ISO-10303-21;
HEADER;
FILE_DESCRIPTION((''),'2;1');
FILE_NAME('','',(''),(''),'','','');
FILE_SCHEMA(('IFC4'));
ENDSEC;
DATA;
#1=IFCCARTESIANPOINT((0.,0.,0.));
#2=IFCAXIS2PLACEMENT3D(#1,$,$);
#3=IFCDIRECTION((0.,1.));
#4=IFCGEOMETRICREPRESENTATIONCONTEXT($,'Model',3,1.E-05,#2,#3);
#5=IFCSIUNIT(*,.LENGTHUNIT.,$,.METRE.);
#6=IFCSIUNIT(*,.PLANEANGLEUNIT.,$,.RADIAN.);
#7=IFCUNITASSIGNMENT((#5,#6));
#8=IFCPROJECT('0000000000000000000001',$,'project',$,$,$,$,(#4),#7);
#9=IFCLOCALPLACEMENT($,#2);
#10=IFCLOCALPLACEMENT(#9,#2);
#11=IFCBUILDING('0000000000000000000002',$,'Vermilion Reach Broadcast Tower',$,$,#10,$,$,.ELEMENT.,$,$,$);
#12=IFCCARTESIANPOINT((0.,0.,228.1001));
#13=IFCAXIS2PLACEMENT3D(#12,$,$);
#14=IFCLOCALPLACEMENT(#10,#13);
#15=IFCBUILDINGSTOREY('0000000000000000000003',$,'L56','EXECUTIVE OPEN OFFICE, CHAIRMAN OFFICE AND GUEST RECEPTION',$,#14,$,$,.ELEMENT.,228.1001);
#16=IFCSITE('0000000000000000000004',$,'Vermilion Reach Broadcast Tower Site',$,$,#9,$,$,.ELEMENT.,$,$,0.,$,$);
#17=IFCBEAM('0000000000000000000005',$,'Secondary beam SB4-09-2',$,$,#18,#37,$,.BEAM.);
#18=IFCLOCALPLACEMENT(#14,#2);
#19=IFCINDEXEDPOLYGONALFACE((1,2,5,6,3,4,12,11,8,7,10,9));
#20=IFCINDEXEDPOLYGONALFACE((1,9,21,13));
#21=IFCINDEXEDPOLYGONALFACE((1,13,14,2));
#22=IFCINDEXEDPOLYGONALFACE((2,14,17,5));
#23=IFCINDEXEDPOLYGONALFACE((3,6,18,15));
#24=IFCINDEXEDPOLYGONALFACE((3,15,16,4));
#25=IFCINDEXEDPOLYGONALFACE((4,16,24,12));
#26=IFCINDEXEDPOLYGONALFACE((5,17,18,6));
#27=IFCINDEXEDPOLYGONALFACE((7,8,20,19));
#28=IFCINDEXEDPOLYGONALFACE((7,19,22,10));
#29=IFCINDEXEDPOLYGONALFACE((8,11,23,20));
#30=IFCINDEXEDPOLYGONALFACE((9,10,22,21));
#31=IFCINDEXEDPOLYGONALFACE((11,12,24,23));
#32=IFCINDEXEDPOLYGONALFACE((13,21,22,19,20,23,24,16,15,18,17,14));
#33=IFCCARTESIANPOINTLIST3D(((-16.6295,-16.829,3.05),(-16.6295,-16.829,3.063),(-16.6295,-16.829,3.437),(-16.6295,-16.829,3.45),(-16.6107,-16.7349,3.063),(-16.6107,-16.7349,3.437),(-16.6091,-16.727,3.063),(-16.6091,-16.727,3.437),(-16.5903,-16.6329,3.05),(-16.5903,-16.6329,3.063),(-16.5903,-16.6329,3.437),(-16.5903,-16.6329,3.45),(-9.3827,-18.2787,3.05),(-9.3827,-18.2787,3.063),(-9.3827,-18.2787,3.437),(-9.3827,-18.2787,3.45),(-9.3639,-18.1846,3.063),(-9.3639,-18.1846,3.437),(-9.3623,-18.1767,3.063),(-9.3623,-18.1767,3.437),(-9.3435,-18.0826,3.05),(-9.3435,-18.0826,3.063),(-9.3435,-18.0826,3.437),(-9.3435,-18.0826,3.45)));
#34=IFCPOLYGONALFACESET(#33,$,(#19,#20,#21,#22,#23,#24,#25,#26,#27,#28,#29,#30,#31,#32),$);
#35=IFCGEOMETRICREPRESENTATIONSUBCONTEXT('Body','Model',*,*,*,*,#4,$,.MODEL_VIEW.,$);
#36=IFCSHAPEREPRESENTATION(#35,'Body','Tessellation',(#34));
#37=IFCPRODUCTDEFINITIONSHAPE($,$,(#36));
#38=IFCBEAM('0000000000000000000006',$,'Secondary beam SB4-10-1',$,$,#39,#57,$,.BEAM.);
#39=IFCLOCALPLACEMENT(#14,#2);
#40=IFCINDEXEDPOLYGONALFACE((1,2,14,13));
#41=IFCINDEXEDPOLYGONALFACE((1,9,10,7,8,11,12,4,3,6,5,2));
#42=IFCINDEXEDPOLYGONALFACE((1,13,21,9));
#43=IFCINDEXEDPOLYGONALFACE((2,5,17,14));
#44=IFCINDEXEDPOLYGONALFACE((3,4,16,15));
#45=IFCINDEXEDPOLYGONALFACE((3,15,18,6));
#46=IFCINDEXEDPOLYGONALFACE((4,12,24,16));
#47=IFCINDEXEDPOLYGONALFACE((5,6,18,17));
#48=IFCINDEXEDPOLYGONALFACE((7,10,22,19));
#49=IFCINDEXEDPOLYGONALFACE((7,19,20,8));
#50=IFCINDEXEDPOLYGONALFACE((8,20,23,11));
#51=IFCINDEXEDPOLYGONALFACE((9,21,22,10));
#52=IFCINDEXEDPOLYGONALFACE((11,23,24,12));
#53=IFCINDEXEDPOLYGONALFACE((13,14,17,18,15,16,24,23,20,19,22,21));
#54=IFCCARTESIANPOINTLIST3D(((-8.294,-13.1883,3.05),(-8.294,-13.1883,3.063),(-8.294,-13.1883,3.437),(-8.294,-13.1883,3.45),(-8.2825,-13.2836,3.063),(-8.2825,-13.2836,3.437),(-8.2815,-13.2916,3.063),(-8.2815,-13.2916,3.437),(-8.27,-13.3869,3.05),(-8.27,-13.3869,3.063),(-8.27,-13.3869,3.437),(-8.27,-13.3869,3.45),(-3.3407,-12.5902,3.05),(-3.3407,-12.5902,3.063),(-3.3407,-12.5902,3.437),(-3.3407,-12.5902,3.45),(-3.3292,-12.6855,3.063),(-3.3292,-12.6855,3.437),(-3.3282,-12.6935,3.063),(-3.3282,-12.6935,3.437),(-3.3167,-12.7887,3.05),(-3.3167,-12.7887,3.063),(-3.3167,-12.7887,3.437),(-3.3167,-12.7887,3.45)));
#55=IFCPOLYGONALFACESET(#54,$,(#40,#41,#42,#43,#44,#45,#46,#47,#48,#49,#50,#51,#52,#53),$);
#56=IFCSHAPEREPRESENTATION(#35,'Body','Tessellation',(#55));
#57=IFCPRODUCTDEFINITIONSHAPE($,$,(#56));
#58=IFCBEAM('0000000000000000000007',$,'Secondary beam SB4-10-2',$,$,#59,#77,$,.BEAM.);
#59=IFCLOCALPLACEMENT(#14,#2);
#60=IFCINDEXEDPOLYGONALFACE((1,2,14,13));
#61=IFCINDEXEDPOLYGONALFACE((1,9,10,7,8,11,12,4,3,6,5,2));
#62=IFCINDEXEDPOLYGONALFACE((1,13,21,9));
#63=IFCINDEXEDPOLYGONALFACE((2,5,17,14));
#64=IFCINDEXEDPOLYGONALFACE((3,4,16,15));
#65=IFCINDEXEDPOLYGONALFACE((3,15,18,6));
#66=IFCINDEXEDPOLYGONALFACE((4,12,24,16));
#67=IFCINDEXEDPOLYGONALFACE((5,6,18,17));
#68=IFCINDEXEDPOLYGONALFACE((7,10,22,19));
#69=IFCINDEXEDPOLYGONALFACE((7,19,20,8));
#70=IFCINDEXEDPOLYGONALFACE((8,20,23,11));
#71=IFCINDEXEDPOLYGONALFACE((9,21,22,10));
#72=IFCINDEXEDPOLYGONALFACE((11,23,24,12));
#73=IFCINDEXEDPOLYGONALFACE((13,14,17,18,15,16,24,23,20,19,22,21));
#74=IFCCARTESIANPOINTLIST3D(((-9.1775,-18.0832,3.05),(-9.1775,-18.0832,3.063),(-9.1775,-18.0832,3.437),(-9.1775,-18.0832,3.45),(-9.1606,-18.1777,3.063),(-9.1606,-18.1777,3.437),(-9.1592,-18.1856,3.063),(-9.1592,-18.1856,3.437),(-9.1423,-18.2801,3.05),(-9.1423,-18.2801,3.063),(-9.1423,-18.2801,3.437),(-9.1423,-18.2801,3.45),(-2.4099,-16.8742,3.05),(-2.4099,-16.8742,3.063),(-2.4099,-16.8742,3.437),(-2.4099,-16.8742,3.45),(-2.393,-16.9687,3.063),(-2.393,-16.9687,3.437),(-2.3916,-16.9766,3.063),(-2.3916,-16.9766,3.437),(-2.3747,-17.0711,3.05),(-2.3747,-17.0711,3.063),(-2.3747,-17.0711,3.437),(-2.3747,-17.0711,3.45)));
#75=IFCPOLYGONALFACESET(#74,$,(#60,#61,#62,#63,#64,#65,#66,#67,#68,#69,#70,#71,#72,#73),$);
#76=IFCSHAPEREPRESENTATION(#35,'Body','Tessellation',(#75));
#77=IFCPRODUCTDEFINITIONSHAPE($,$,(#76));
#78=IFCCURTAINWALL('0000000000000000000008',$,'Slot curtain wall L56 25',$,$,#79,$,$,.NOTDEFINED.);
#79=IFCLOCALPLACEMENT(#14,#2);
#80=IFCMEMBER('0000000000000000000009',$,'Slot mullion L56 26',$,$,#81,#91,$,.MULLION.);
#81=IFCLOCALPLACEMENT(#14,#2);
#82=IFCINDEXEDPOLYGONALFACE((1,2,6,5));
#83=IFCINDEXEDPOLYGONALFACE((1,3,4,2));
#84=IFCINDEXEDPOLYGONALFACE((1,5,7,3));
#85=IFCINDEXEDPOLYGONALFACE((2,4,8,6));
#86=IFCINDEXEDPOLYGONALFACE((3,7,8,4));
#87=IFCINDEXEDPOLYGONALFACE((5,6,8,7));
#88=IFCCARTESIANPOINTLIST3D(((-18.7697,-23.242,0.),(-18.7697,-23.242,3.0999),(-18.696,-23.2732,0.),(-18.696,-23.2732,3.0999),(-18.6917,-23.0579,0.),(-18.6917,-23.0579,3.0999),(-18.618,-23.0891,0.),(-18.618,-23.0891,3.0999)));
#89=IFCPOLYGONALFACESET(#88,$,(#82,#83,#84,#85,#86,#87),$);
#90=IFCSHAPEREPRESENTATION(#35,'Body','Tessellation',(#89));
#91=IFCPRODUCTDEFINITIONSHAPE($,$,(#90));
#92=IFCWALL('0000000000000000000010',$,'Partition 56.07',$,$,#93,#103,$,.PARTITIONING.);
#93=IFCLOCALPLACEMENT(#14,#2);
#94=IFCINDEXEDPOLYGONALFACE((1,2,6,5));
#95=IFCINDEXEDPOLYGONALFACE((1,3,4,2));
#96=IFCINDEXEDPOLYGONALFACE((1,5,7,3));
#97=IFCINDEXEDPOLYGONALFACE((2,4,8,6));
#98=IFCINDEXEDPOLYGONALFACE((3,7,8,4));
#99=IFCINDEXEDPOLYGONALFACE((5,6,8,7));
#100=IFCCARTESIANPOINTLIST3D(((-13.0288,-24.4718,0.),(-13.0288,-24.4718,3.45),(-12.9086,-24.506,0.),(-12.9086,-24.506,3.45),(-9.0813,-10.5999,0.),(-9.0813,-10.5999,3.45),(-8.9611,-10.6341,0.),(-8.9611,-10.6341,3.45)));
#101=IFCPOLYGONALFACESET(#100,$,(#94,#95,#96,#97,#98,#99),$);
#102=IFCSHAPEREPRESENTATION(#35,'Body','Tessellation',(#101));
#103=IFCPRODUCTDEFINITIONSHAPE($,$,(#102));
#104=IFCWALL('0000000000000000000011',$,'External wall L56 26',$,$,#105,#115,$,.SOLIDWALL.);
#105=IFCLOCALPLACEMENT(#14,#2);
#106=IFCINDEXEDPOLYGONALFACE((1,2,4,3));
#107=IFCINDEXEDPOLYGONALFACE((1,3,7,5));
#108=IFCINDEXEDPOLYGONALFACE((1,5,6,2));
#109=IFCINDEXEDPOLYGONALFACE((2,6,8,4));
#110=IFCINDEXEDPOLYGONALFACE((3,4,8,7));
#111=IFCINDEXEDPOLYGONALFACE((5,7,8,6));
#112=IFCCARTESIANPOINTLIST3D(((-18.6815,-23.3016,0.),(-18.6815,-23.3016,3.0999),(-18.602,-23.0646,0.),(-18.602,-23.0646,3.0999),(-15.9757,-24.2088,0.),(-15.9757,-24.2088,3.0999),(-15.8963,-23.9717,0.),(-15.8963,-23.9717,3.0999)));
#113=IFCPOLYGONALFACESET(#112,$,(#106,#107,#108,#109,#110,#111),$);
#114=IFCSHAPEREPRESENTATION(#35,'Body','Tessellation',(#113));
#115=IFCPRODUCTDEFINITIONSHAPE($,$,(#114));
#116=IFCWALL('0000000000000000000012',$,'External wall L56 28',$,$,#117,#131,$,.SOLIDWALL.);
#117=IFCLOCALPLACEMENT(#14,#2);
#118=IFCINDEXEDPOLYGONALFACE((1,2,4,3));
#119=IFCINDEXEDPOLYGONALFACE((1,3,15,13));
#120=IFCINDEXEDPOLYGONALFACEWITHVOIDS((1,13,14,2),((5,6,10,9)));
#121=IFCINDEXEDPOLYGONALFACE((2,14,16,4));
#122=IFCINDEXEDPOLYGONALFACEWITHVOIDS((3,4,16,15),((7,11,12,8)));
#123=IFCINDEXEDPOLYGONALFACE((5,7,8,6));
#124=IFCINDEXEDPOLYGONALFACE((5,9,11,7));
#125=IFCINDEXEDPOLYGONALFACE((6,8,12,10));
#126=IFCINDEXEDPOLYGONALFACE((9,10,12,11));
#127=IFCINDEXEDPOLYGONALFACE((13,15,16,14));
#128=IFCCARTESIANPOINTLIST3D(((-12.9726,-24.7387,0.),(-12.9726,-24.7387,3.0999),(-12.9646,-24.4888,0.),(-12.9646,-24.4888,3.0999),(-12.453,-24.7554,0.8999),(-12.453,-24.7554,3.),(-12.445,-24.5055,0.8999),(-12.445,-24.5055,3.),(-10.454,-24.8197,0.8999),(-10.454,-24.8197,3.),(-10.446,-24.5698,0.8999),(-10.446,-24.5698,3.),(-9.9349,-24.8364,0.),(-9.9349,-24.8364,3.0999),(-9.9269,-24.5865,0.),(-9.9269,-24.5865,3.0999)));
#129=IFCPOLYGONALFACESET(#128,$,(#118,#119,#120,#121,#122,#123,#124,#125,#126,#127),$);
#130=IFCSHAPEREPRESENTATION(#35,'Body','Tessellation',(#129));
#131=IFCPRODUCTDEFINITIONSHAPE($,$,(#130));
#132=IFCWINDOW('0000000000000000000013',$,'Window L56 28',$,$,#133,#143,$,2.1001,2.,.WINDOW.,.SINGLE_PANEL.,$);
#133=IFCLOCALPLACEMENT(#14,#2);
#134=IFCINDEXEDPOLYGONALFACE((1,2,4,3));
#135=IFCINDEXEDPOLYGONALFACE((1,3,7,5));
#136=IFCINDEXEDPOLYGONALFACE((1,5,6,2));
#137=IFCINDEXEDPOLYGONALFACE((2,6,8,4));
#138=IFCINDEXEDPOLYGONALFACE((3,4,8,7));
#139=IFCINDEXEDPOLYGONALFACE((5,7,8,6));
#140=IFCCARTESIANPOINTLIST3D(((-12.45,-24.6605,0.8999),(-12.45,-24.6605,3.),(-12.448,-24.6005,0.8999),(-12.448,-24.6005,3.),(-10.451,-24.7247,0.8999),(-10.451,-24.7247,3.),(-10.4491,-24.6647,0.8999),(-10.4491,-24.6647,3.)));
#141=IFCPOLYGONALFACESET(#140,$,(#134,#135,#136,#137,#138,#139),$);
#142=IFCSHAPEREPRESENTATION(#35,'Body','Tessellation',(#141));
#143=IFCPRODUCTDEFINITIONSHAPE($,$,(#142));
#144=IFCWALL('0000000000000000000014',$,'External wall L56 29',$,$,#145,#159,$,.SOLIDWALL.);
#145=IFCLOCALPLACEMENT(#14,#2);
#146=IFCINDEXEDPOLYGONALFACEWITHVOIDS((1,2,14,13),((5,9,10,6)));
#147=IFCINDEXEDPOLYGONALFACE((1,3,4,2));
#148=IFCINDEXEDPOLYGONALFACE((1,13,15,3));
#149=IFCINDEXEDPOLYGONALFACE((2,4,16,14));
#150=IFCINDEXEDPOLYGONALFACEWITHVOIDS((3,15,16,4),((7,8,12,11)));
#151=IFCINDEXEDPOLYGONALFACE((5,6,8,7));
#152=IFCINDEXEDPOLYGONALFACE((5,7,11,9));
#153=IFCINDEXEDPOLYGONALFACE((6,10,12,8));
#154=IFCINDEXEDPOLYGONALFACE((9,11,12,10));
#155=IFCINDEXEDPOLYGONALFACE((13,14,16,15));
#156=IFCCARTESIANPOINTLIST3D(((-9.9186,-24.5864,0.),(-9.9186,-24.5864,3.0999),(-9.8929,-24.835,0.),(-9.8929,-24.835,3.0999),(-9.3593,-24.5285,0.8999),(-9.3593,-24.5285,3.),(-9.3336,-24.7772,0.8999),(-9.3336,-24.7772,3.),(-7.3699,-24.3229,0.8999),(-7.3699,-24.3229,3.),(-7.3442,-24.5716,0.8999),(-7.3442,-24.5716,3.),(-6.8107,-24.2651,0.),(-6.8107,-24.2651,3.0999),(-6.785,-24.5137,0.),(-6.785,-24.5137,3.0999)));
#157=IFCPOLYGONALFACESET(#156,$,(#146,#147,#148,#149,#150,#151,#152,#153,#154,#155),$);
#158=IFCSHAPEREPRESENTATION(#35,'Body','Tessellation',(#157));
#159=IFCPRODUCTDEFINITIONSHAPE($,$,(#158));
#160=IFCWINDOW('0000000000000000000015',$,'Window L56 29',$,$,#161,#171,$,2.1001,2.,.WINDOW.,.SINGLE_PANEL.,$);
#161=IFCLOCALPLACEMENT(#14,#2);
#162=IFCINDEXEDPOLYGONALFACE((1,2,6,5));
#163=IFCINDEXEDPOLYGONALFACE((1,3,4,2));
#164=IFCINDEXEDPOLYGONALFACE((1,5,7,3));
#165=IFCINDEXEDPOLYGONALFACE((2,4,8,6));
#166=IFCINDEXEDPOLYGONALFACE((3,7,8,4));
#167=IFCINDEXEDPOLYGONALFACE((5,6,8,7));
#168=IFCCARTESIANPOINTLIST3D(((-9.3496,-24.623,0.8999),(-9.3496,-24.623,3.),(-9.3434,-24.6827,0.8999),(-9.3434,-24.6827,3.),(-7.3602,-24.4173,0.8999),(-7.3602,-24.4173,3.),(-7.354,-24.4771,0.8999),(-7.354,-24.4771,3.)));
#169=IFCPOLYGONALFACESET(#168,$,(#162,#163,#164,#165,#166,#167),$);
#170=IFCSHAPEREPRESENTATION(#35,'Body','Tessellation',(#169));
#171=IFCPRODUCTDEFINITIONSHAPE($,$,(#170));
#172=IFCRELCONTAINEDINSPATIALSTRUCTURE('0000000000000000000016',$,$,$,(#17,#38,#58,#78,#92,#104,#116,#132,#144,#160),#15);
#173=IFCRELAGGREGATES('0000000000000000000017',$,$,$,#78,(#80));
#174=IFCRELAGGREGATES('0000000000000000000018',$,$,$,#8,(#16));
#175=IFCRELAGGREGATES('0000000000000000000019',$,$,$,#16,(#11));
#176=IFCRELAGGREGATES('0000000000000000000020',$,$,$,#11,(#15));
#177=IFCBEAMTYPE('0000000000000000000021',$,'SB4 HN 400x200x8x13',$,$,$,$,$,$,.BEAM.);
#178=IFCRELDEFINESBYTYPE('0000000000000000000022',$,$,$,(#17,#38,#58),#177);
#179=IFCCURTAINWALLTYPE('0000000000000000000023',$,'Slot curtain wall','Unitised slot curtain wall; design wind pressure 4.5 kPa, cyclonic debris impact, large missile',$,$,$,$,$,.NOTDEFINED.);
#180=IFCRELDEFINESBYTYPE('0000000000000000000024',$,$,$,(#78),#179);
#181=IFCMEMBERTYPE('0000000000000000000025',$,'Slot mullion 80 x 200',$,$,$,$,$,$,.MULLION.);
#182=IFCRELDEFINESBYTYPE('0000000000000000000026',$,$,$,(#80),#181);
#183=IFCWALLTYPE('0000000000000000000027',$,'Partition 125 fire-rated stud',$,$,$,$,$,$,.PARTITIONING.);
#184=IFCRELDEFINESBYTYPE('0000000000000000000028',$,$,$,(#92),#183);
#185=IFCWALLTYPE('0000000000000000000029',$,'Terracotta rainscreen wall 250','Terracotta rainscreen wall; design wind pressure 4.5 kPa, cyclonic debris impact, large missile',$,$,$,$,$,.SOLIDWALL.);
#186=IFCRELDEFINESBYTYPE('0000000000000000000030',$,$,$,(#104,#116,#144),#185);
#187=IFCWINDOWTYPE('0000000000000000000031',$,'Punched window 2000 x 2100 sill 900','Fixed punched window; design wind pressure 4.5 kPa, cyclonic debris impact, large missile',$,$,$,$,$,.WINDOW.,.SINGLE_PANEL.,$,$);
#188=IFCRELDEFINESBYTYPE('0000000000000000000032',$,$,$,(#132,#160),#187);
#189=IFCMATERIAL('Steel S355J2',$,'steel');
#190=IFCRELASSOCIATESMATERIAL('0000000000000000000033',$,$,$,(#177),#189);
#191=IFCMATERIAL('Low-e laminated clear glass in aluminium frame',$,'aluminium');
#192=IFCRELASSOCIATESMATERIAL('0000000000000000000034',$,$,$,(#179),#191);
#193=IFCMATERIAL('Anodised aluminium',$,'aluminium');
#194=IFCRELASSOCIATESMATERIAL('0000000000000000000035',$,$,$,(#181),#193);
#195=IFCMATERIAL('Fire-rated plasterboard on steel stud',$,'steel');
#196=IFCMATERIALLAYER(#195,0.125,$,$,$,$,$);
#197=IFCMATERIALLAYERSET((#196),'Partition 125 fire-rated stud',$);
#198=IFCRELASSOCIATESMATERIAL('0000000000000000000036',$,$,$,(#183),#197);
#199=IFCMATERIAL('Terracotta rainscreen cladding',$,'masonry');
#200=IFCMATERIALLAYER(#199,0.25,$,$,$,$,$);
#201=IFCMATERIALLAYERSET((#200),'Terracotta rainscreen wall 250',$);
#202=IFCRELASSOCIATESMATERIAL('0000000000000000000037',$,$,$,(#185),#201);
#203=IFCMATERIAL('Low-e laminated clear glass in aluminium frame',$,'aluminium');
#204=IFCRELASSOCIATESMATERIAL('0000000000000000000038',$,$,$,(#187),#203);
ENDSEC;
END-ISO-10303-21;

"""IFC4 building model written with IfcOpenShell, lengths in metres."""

from ifc_helpers import new_model, si_unit, direction, frame, frame_2d, origin, origin_2d, place, context, subcontext, project, spatial, rectangle, i_section, extrude, material, layer, layer_set, material_profile, profile_set, type_object, element, fill, aggregate, save


model = new_model("IFC4")

# Units and contexts
model_context = context("Model", 3, precision=1e-05, world=origin(), true_north=direction((0.0, 1.0)))
body_context = subcontext(model_context, "Body", "Model", "MODEL_VIEW")
ifc_project = project(units=[si_unit("LENGTHUNIT", "METRE"), si_unit("PLANEANGLEUNIT", "RADIAN")], contexts=[model_context])

# Site, building, storey
site_placement = place(None, origin())
site = spatial("IfcSite", under=ifc_project, at=site_placement, Name="Vermilion Reach Broadcast Tower Site", CompositionType="ELEMENT", RefElevation=0.0)
building_placement = place(site_placement, origin())
building = spatial("IfcBuilding", under=site, at=building_placement, Name="Vermilion Reach Broadcast Tower", CompositionType="ELEMENT")
storey_placement = place(building_placement, frame((0.0, 0.0, 228.1001)))
storey = spatial("IfcBuildingStorey", under=building, at=storey_placement, Name="L56", Description="EXECUTIVE OPEN OFFICE, CHAIRMAN OFFICE AND GUEST RECEPTION", CompositionType="ELEMENT", Elevation=228.1001)

# Beams
ifc_material_1 = material(Name="Steel S355J2", Category="steel")
ifc_material_profile_1 = material_profile(ifc_material_1, i_section(OverallWidth=0.2, OverallDepth=0.3999, WebThickness=0.0081, FlangeThickness=0.0129, at=origin_2d()), Name="S355J2 HN 400x200x8x13")
ifc_profile_set_1 = profile_set([ifc_material_profile_1], Name="Steel S355J2")
beam_type_1 = type_object("IfcBeamType", Name="SB4 HN 400x200x8x13", PredefinedType="BEAM", material=ifc_profile_set_1)
beam_1_placement = place(storey_placement, frame((-16.6099, -16.731, 3.25), z_axis=(0.980572, -0.196161, 0.0), x_axis=(0.196161, 0.980572, 0.0)))
element("IfcBeam", 1, at=beam_1_placement, inside=storey, type_object=beam_type_1, Name="Secondary beam SB4-09-2", PredefinedType="BEAM", context=body_context, shape_type="SweptSolid", body=[
    extrude(i_section(OverallWidth=0.2, OverallDepth=0.3999, WebThickness=0.0081, FlangeThickness=0.0129, at=origin_2d()), origin(), (0.0, 0.0, 1.0), 7.3904),
])
beam_2_placement = place(storey_placement, frame((-8.282, -13.2876, 3.25), z_axis=(0.992788, 0.119884, 0.0), x_axis=(-0.119884, 0.992788, 0.0)))
element("IfcBeam", 2, at=beam_2_placement, inside=storey, type_object=beam_type_1, Name="Secondary beam SB4-10-1", PredefinedType="BEAM", context=body_context, shape_type="SweptSolid", body=[
    extrude(i_section(OverallWidth=0.2, OverallDepth=0.3999, WebThickness=0.0081, FlangeThickness=0.0129, at=origin_2d()), origin(), (0.0, 0.0, 1.0), 4.9893),
])
beam_3_placement = place(storey_placement, frame((-9.1599, -18.1816, 3.25), z_axis=(0.984415, 0.175859, 0.0), x_axis=(-0.175859, 0.984415, 0.0)))
element("IfcBeam", 3, at=beam_3_placement, inside=storey, type_object=beam_type_1, Name="Secondary beam SB4-10-2", PredefinedType="BEAM", context=body_context, shape_type="SweptSolid", body=[
    extrude(i_section(OverallWidth=0.2, OverallDepth=0.3999, WebThickness=0.0081, FlangeThickness=0.0129, at=origin_2d()), origin(), (0.0, 0.0, 1.0), 6.8748),
])

# Curtain wall, member
ifc_material_2 = material(Name="Low-e laminated clear glass in aluminium frame", Category="aluminium")
curtain_wall_type = type_object("IfcCurtainWallType", Name="Slot curtain wall", Description="Unitised slot curtain wall; design wind pressure 4.5 kPa, cyclonic debris impact, large missile", PredefinedType="NOTDEFINED", material=ifc_material_2)
curtain_wall_placement = place(storey_placement, origin())
curtain_wall = element("IfcCurtainWall", 4, at=curtain_wall_placement, inside=storey, type_object=curtain_wall_type, Name="Slot curtain wall L56 25", PredefinedType="NOTDEFINED")
ifc_material_3 = material(Name="Anodised aluminium", Category="aluminium")
ifc_material_profile_2 = material_profile(ifc_material_3, rectangle(XDim=0.2, YDim=0.0801, at=origin_2d()), Name="Slot mullion 80 x 200")
ifc_profile_set_2 = profile_set([ifc_material_profile_2], Name="Anodised aluminium")
member_type = type_object("IfcMemberType", Name="Slot mullion 80 x 200", PredefinedType="MULLION", material=ifc_profile_set_2)
member_placement = place(storey_placement, frame((-18.6938, -23.1655, 0.0), z_axis=(0.0, 0.0, 1.0), x_axis=(0.390194, 0.920733, 0.0)))
member = element("IfcMember", 5, at=member_placement, type_object=member_type, Name="Slot mullion L56 26", PredefinedType="MULLION", context=body_context, shape_type="SweptSolid", body=[
    extrude(rectangle(XDim=0.2, YDim=0.0801, at=origin_2d()), origin(), (0.0, 0.0, 1.0), 3.0999),
])
aggregate(curtain_wall, [member])

# Walls
ifc_material_4 = material(Name="Fire-rated plasterboard on steel stud", Category="steel")
ifc_layer_1 = layer(ifc_material_4, 0.125)
ifc_layer_set_1 = layer_set([ifc_layer_1], Name="Partition 125 fire-rated stud")
wall_type_1 = type_object("IfcWallType", Name="Partition 125 fire-rated stud", PredefinedType="PARTITIONING", material=ifc_layer_set_1)
wall_1_placement = place(storey_placement, frame((-12.9688, -24.489, 0.0), z_axis=(0.0, 0.0, 1.0), x_axis=(0.273704, 0.961814, 0.0)))
element("IfcWall", 6, at=wall_1_placement, inside=storey, type_object=wall_type_1, Name="Partition 56.07", PredefinedType="PARTITIONING", context=body_context, shape_type="SweptSolid", body=[
    extrude(rectangle(XDim=14.4226, YDim=0.125, at=frame_2d((7.2114, 0.0))), origin(), (0.0, 0.0, 1.0), 3.45),
])
ifc_material_5 = material(Name="Terracotta rainscreen cladding", Category="masonry")
ifc_layer_2 = layer(ifc_material_5, 0.25)
ifc_layer_set_2 = layer_set([ifc_layer_2], Name="Terracotta rainscreen wall 250")
wall_type_2 = type_object("IfcWallType", Name="Terracotta rainscreen wall 250", Description="Terracotta rainscreen wall; design wind pressure 4.5 kPa, cyclonic debris impact, large missile", PredefinedType="SOLIDWALL", material=ifc_layer_set_2)
wall_2_placement = place(storey_placement, frame((-18.6416, -23.1831, 0.0), z_axis=(0.0, 0.0, 1.0), x_axis=(0.948126, -0.317895, 0.0)))
element("IfcWall", 7, at=wall_2_placement, inside=storey, type_object=wall_type_2, Name="External wall L56 26", PredefinedType="SOLIDWALL", context=body_context, shape_type="SweptSolid", body=[
    extrude(rectangle(XDim=2.8538, YDim=0.25, at=frame_2d((1.4268, 0.0))), origin(), (0.0, 0.0, 1.0), 3.0999),
])

# Walls, openings, windows
wall_3_placement = place(storey_placement, frame((-12.9685, -24.6138, 0.0), z_axis=(0.0, 0.0, 1.0), x_axis=(0.999484, -0.03213, 0.0)))
wall_3 = element("IfcWall", 8, at=wall_3_placement, inside=storey, type_object=wall_type_2, Name="External wall L56 28", PredefinedType="SOLIDWALL", context=body_context, shape_type="SweptSolid", body=[
    extrude(rectangle(XDim=3.0393, YDim=0.25, at=frame_2d((1.5195, 0.0))), origin(), (0.0, 0.0, 1.0), 3.0999),
])
opening_1_placement = place(wall_3_placement, frame((0.5198, 0.0, 0.8999)))
opening_1 = element("IfcOpeningElement", 9, at=opening_1_placement, cuts=wall_3, PredefinedType="OPENING", context=body_context, shape_type="SweptSolid", body=[
    extrude(rectangle(XDim=2.0, YDim=2.1001, at=frame_2d((1.0, 1.05))), frame((0.0, 0.135, 0.0), z_axis=(0.0, -1.0, 0.0), x_axis=(1.0, 0.0, 0.0)), (0.0, 0.0, 1.0), 0.27),
])
ifc_material_6 = material(Name="Low-e laminated clear glass in aluminium frame", Category="aluminium")
window_type = type_object("IfcWindowType", Name="Punched window 2000 x 2100 sill 900", Description="Fixed punched window; design wind pressure 4.5 kPa, cyclonic debris impact, large missile", PartitioningType="SINGLE_PANEL", PredefinedType="WINDOW", material=ifc_material_6)
window_1_placement = place(opening_1_placement, origin())
window_1 = element("IfcWindow", 10, at=window_1_placement, inside=storey, type_object=window_type, Name="Window L56 28", OverallHeight=2.1001, OverallWidth=2.0, PartitioningType="SINGLE_PANEL", PredefinedType="WINDOW", context=body_context, shape_type="SweptSolid", body=[
    extrude(rectangle(XDim=2.0, YDim=2.1001, at=frame_2d((1.0, 1.05))), frame((0.0, 0.03, 0.0), z_axis=(0.0, -1.0, 0.0), x_axis=(1.0, 0.0, 0.0)), (0.0, 0.0, 1.0), 0.0601),
])
fill(opening_1, window_1)
wall_4_placement = place(storey_placement, frame((-9.9058, -24.7107, 0.0), z_axis=(0.0, 0.0, 1.0), x_axis=(0.994699, 0.10283, 0.0)))
wall_4 = element("IfcWall", 11, at=wall_4_placement, inside=storey, type_object=wall_type_2, Name="External wall L56 29", PredefinedType="SOLIDWALL", context=body_context, shape_type="SweptSolid", body=[
    extrude(rectangle(XDim=3.1245, YDim=0.25, at=frame_2d((1.5623, 0.0))), origin(), (0.0, 0.0, 1.0), 3.0999),
])
opening_2_placement = place(wall_4_placement, frame((0.5623, 0.0, 0.8999)))
opening_2 = element("IfcOpeningElement", 12, at=opening_2_placement, cuts=wall_4, PredefinedType="OPENING", context=body_context, shape_type="SweptSolid", body=[
    extrude(rectangle(XDim=2.0, YDim=2.1001, at=frame_2d((1.0, 1.05))), frame((0.0, 0.135, 0.0), z_axis=(0.0, -1.0, 0.0), x_axis=(1.0, 0.0, 0.0)), (0.0, 0.0, 1.0), 0.27),
])
window_2_placement = place(opening_2_placement, origin())
window_2 = element("IfcWindow", 13, at=window_2_placement, inside=storey, type_object=window_type, Name="Window L56 29", OverallHeight=2.1001, OverallWidth=2.0, PartitioningType="SINGLE_PANEL", PredefinedType="WINDOW", context=body_context, shape_type="SweptSolid", body=[
    extrude(rectangle(XDim=2.0, YDim=2.1001, at=frame_2d((1.0, 1.05))), frame((0.0, 0.03, 0.0), z_axis=(0.0, -1.0, 0.0), x_axis=(1.0, 0.0, 0.0)), (0.0, 0.0, 1.0), 0.0601),
])
fill(opening_2, window_2)

save(model, "model.ifc")
